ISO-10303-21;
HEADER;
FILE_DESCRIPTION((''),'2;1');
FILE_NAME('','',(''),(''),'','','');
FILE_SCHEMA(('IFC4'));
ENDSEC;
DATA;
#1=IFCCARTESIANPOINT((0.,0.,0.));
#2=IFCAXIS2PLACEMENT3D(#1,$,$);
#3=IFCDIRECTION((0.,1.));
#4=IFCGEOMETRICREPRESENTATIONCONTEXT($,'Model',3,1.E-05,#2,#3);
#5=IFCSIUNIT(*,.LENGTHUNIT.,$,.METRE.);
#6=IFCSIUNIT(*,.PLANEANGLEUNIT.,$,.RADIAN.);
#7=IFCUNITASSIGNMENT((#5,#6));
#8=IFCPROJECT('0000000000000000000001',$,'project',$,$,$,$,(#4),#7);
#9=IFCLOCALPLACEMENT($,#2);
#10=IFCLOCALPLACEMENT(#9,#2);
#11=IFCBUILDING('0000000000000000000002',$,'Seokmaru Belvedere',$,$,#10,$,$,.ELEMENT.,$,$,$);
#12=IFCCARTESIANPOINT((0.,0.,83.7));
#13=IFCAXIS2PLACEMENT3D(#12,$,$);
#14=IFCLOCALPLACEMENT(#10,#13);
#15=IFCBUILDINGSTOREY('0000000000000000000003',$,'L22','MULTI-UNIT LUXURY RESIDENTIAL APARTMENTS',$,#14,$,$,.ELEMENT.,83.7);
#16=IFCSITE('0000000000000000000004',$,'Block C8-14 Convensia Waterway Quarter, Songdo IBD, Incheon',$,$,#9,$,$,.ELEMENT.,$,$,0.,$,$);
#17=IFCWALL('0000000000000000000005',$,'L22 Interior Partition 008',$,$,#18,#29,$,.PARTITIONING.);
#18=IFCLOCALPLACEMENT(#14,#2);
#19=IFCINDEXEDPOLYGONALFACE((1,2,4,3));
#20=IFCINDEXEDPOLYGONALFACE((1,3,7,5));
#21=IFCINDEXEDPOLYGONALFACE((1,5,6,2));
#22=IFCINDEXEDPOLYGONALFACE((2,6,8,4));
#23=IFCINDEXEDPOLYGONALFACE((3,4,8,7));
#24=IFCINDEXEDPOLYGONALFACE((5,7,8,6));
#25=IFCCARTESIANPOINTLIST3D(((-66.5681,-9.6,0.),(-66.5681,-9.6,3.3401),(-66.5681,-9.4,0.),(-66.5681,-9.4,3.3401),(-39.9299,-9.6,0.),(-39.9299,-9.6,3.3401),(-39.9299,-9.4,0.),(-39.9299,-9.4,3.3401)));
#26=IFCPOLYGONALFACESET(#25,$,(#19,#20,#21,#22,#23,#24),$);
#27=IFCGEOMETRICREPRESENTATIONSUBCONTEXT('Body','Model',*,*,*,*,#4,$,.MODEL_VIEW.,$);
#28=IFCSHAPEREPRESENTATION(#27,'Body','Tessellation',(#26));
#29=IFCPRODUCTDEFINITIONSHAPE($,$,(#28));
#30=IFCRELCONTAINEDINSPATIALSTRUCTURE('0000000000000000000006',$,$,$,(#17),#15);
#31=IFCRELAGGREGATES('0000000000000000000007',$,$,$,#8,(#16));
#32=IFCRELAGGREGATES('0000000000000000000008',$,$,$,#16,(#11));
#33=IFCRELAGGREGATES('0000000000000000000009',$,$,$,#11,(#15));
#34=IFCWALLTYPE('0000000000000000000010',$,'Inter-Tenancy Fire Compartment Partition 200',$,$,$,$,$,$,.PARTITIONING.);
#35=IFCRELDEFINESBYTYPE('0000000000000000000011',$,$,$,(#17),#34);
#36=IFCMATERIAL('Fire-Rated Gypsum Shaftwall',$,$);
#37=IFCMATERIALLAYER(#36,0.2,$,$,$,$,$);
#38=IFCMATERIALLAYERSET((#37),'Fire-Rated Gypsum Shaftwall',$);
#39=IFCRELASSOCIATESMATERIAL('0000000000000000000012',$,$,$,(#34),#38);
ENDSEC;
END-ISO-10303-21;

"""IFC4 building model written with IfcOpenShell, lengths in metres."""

from ifc_helpers import new_model, si_unit, direction, frame, frame_2d, origin, place, context, subcontext, project, spatial, rectangle, extrude, material, layer, layer_set, type_object, element, save


model = new_model("IFC4")

# Units and contexts
model_context = context("Model", 3, precision=1e-05, world=origin(), true_north=direction((0.0, 1.0)))
body_context = subcontext(model_context, "Body", "Model", "MODEL_VIEW")
ifc_project = project(units=[si_unit("LENGTHUNIT", "METRE"), si_unit("PLANEANGLEUNIT", "RADIAN")], contexts=[model_context])

# Site, building, storey
site_placement = place(None, origin())
site = spatial("IfcSite", under=ifc_project, at=site_placement, Name="Block C8-14 Convensia Waterway Quarter, Songdo IBD, Incheon", CompositionType="ELEMENT", RefElevation=0.0)
building_placement = place(site_placement, origin())
building = spatial("IfcBuilding", under=site, at=building_placement, Name="Seokmaru Belvedere", CompositionType="ELEMENT")
storey_placement = place(building_placement, frame((0.0, 0.0, 83.7)))
storey = spatial("IfcBuildingStorey", under=building, at=storey_placement, Name="L22", Description="MULTI-UNIT LUXURY RESIDENTIAL APARTMENTS", CompositionType="ELEMENT", Elevation=83.7)

# Shared definitions
ifc_material_1 = material(Name="Fire-Rated Gypsum Shaftwall")

# Wall
ifc_layer_1 = layer(ifc_material_1, 0.2)
ifc_layer_set_1 = layer_set([ifc_layer_1], Name="Fire-Rated Gypsum Shaftwall")
wall_type_1 = type_object("IfcWallType", Name="Inter-Tenancy Fire Compartment Partition 200", PredefinedType="PARTITIONING", material=ifc_layer_set_1)
wall_1_placement = place(storey_placement, frame((-66.5681, -9.5, 0.0), z_axis=(0.0, 0.0, 1.0), x_axis=(1.0, 0.0, 0.0)))
element("IfcWall", 1, at=wall_1_placement, inside=storey, type_object=wall_type_1, Name="L22 Interior Partition 008", PredefinedType="PARTITIONING", context=body_context, shape_type="SweptSolid", body=[
    extrude(rectangle(XDim=26.6382, YDim=0.2, at=frame_2d((13.3191, 0.0))), origin(), (0.0, 0.0, 1.0), 3.3401),
])

save(model, "model.ifc")
